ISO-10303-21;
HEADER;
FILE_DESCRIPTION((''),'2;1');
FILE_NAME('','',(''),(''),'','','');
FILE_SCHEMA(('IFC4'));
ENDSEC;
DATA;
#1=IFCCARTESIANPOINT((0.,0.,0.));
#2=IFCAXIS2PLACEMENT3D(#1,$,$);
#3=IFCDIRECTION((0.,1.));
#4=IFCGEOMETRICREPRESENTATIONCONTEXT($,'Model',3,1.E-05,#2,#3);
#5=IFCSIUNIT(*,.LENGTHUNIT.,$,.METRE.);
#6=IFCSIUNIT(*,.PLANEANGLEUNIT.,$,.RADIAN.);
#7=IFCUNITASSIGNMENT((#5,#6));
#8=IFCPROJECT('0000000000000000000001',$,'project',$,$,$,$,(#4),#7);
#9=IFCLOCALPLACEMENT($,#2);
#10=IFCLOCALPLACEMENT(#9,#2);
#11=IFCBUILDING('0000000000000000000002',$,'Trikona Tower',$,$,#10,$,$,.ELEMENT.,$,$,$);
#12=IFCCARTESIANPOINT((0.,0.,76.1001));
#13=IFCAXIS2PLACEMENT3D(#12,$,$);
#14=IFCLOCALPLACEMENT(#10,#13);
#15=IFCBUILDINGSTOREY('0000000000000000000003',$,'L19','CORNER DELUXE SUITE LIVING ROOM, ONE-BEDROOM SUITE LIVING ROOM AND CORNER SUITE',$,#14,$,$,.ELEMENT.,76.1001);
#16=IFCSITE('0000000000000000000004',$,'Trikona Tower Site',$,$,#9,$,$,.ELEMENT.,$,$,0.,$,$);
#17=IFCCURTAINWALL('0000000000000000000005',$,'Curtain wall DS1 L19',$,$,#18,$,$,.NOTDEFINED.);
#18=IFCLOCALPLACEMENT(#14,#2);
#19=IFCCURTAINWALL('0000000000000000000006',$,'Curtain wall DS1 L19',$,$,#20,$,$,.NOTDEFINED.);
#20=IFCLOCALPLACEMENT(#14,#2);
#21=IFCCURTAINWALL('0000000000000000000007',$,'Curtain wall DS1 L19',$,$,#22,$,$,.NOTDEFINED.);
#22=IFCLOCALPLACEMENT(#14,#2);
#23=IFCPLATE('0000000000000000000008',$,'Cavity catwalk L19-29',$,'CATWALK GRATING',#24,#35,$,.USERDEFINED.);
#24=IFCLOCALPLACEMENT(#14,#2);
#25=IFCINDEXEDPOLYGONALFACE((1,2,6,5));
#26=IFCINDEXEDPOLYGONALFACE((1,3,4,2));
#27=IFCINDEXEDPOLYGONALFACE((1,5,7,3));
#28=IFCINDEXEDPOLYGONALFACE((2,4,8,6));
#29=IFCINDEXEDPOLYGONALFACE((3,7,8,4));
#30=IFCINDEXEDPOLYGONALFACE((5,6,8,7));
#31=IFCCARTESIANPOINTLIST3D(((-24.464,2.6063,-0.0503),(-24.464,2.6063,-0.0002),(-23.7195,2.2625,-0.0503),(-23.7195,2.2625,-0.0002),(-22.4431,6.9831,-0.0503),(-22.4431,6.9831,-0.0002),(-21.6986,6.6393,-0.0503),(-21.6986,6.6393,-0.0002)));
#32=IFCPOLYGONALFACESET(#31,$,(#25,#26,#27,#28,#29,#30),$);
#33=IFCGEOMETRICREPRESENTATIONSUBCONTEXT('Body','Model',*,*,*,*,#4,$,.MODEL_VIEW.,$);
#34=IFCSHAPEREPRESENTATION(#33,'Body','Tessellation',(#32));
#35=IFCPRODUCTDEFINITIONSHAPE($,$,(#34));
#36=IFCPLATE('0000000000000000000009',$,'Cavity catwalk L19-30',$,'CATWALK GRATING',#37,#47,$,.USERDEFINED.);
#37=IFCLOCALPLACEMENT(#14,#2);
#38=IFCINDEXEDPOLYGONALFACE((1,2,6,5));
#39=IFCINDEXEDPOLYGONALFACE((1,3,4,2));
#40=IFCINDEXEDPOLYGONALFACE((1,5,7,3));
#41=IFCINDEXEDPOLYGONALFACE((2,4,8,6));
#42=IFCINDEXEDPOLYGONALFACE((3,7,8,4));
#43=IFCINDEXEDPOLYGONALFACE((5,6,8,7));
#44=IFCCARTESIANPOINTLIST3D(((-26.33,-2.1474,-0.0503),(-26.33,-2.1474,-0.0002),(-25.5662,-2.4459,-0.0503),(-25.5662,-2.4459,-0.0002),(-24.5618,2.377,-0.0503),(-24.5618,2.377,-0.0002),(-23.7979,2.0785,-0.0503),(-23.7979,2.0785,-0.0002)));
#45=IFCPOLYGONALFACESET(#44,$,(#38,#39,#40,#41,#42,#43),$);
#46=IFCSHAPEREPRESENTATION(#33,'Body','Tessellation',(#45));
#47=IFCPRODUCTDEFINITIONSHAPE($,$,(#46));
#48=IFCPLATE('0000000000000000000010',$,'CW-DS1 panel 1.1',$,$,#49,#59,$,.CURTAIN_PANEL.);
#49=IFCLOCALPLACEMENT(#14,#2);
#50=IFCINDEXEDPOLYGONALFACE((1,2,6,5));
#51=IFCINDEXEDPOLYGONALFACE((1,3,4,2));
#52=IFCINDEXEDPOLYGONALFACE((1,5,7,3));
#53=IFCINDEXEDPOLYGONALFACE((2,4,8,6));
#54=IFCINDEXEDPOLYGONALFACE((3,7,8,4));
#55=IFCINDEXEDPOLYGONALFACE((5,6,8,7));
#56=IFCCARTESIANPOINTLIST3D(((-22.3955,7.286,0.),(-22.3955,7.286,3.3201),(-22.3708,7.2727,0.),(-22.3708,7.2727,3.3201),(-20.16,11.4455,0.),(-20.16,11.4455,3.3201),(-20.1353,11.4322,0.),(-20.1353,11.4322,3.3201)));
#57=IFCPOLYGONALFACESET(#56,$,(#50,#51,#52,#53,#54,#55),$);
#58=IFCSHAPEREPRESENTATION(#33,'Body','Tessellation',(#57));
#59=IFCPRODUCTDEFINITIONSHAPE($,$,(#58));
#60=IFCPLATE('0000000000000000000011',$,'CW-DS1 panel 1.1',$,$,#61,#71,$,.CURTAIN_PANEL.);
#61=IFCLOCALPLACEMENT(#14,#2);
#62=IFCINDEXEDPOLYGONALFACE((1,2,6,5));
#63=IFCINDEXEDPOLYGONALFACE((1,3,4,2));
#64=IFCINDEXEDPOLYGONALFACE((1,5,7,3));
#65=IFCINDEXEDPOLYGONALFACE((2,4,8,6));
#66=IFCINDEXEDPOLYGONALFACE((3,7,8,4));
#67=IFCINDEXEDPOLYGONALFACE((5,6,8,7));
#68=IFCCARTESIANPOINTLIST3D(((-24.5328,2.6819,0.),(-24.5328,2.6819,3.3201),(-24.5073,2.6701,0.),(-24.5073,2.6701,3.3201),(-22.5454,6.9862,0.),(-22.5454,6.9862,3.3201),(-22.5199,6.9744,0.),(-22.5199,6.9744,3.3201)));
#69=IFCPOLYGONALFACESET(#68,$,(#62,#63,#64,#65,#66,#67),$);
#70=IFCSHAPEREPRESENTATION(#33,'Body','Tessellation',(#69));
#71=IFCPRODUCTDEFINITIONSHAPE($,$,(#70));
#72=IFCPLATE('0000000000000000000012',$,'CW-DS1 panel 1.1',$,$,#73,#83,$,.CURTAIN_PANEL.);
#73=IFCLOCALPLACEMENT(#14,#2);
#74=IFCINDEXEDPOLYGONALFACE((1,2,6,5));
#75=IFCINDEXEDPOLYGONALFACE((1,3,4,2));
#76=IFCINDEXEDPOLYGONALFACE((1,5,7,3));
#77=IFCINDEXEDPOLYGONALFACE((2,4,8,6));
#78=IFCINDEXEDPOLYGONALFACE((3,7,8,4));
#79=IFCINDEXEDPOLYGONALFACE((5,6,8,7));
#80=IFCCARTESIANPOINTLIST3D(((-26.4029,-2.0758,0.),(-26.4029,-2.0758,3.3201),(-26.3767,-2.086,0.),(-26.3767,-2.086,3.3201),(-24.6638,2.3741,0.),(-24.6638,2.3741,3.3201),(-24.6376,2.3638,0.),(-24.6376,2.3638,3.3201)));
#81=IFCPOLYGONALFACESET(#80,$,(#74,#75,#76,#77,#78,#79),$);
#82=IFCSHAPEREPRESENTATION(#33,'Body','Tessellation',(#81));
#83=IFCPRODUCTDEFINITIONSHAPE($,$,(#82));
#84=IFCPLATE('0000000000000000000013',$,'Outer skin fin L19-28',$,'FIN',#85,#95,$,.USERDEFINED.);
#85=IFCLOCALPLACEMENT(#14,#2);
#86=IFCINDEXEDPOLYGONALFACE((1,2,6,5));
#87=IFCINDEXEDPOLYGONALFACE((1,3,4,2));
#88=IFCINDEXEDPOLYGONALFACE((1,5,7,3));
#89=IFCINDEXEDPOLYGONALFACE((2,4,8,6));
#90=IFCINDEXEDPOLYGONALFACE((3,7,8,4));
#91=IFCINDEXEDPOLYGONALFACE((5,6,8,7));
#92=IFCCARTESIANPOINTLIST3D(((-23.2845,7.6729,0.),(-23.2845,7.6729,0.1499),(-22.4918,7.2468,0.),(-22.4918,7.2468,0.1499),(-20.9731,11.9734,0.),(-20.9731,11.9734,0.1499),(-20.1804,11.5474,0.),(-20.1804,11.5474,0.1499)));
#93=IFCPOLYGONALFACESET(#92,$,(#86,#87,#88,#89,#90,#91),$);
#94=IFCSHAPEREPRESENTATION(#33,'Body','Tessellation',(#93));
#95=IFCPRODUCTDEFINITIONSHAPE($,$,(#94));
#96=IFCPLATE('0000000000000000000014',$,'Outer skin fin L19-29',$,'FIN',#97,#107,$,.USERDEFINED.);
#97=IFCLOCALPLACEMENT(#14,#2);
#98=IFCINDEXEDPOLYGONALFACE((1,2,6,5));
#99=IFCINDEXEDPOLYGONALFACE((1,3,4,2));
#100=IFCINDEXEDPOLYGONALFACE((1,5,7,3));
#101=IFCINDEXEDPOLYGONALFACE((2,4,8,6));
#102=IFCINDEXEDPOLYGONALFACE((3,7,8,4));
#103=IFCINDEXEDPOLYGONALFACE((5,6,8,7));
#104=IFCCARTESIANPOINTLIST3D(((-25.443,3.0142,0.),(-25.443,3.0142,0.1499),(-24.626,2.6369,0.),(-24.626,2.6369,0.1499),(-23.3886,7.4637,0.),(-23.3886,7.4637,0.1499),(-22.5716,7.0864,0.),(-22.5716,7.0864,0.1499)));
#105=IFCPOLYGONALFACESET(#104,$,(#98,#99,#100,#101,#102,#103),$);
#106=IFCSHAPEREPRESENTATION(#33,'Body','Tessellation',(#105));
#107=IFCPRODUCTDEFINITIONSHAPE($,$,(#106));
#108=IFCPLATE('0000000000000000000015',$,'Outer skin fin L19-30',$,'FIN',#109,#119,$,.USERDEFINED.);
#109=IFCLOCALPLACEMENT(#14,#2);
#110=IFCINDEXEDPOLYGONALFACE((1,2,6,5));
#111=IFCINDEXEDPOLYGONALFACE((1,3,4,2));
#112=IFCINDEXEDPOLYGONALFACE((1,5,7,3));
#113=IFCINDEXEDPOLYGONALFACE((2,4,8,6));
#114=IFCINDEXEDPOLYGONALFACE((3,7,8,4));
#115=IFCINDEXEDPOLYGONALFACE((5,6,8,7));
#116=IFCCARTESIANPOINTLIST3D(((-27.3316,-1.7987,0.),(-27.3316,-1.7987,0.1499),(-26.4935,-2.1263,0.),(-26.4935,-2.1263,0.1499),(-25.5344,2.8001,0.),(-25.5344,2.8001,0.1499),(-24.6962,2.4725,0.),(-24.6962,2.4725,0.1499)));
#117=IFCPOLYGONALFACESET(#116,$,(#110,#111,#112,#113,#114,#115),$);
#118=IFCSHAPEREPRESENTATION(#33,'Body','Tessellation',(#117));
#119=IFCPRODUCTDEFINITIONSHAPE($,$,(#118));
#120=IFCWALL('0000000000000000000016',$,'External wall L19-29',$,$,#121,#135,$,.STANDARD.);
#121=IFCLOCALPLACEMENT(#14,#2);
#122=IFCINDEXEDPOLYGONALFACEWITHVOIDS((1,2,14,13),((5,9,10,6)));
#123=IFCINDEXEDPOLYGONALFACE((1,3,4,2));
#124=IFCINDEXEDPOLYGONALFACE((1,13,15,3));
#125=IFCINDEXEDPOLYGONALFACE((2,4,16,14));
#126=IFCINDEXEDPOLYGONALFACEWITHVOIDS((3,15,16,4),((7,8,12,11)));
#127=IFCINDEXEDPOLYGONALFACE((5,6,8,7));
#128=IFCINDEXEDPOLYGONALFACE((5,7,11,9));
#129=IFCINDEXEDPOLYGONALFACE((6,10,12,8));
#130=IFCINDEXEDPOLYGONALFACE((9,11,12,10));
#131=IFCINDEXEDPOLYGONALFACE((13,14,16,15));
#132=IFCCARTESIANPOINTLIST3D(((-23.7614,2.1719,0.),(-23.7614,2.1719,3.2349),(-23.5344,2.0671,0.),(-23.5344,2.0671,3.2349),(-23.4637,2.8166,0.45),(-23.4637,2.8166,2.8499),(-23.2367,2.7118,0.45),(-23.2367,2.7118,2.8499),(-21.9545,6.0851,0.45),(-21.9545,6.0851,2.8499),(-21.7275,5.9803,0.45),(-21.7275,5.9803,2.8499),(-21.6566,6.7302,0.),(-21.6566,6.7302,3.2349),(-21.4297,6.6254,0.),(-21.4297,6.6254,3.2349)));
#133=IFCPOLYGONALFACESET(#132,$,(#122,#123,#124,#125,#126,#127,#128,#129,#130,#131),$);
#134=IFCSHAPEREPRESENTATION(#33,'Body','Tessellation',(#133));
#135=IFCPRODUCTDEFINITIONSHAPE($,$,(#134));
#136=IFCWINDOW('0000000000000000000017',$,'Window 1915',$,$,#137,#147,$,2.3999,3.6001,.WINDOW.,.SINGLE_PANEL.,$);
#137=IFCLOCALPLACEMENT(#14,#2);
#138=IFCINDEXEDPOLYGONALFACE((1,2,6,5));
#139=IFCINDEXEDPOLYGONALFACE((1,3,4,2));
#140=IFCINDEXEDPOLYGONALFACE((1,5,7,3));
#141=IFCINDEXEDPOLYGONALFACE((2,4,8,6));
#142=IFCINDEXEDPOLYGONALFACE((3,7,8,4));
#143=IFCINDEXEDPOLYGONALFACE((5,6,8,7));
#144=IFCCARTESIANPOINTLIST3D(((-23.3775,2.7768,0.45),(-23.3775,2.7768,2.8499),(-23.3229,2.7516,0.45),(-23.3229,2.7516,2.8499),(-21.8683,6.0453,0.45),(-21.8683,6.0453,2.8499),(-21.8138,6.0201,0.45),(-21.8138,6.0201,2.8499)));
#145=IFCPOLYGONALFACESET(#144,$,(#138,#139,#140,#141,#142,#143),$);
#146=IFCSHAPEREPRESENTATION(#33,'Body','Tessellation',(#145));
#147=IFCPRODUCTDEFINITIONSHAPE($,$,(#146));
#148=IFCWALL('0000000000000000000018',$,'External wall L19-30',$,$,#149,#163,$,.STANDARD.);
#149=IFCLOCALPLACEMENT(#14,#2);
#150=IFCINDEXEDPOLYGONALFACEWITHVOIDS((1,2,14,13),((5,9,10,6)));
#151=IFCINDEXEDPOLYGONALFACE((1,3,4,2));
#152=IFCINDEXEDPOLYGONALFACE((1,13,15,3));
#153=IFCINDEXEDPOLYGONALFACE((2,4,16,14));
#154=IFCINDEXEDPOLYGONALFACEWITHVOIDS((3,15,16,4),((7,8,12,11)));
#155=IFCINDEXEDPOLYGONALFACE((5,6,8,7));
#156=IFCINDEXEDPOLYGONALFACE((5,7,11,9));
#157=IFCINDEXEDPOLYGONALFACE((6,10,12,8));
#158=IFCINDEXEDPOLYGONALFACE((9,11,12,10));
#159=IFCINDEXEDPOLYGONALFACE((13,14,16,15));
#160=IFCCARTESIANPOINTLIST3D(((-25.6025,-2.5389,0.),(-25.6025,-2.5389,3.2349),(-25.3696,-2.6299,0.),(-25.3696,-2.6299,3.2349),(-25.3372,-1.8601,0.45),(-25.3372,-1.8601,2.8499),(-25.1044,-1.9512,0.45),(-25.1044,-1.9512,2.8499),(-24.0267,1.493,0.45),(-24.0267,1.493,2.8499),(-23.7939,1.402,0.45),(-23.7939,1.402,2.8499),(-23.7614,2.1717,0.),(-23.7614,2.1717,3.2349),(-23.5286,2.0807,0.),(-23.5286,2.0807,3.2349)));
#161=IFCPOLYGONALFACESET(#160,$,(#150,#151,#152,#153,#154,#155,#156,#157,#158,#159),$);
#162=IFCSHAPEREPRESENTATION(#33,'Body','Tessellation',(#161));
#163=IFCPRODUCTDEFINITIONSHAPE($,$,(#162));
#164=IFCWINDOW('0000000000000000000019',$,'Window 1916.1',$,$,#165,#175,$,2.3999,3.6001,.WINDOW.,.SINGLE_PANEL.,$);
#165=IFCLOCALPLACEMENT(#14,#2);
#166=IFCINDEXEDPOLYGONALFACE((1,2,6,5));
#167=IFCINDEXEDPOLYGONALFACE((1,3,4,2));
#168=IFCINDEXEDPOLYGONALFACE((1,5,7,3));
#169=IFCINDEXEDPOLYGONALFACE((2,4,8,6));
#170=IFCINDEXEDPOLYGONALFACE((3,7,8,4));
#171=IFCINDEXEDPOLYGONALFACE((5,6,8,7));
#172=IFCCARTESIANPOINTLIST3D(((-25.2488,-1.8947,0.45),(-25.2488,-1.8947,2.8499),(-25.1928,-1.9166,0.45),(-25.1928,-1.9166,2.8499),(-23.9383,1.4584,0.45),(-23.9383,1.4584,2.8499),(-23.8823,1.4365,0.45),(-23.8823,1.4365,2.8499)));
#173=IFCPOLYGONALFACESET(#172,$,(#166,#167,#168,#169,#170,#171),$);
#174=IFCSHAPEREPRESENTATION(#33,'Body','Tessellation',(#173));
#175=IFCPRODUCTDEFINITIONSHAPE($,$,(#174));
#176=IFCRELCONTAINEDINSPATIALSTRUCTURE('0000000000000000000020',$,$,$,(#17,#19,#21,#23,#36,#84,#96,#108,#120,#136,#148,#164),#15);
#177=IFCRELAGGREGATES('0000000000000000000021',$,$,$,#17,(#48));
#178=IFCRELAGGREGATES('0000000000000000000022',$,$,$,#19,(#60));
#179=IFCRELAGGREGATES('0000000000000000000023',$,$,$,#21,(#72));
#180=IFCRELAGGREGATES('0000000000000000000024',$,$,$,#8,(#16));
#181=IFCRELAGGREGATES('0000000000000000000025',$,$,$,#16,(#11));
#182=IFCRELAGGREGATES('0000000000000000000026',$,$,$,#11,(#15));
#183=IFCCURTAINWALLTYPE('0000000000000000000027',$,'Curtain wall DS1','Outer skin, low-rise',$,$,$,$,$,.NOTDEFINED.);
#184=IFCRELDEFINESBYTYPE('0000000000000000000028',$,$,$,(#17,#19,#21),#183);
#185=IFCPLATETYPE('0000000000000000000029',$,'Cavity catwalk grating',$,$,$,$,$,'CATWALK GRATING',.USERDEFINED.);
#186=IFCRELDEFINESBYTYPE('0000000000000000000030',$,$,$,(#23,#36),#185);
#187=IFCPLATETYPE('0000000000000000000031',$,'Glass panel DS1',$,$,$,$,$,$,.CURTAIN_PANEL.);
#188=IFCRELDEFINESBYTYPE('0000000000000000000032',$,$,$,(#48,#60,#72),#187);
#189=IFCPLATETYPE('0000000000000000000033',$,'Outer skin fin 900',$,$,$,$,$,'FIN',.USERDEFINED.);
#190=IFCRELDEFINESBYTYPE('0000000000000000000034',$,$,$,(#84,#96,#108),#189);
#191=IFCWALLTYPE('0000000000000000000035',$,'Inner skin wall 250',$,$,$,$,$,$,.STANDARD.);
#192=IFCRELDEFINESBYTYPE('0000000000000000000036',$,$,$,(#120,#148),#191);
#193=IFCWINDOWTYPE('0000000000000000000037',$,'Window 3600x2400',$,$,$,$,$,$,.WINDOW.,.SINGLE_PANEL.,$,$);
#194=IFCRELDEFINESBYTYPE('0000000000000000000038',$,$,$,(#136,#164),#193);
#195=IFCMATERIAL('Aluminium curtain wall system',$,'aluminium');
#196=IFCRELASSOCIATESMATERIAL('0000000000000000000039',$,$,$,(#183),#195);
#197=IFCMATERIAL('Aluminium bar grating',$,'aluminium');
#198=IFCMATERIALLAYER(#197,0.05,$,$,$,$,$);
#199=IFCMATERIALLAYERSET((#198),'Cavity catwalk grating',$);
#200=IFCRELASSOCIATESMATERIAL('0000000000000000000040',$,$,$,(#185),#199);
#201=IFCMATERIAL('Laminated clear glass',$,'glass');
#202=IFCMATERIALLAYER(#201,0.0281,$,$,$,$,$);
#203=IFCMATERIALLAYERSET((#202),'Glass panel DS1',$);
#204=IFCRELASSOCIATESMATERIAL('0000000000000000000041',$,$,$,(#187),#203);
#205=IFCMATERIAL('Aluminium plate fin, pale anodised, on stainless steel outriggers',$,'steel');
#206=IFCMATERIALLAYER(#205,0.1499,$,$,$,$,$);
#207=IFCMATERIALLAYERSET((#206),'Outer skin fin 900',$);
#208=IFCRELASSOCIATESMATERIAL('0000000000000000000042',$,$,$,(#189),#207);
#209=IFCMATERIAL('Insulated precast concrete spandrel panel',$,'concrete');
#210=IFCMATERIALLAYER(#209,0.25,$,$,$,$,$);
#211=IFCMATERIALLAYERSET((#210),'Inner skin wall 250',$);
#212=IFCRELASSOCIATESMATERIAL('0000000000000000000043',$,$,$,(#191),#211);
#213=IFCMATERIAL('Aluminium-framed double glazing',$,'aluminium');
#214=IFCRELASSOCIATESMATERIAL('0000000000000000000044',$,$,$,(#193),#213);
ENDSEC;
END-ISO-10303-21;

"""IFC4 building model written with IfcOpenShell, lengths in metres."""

from ifc_helpers import new_model, si_unit, direction, frame, frame_2d, origin, origin_2d, place, context, subcontext, project, spatial, rectangle, extrude, material, layer, layer_set, type_object, element, fill, aggregate, save


model = new_model("IFC4")

# Units and contexts
model_context = context("Model", 3, precision=1e-05, world=origin(), true_north=direction((0.0, 1.0)))
body_context = subcontext(model_context, "Body", "Model", "MODEL_VIEW")
ifc_project = project(units=[si_unit("LENGTHUNIT", "METRE"), si_unit("PLANEANGLEUNIT", "RADIAN")], contexts=[model_context])

# Site, building, storey
site_placement = place(None, origin())
site = spatial("IfcSite", under=ifc_project, at=site_placement, Name="Trikona Tower Site", CompositionType="ELEMENT", RefElevation=0.0)
building_placement = place(site_placement, origin())
building = spatial("IfcBuilding", under=site, at=building_placement, Name="Trikona Tower", CompositionType="ELEMENT")
storey_placement = place(building_placement, frame((0.0, 0.0, 76.1001)))
storey = spatial("IfcBuildingStorey", under=building, at=storey_placement, Name="L19", Description="CORNER DELUXE SUITE LIVING ROOM, ONE-BEDROOM SUITE LIVING ROOM AND CORNER SUITE", CompositionType="ELEMENT", Elevation=76.1001)

# Shared definitions
ifc_material_1 = material(Name="Aluminium curtain wall system", Category="aluminium")
curtain_wall_type = type_object("IfcCurtainWallType", Name="Curtain wall DS1", Description="Outer skin, low-rise", PredefinedType="NOTDEFINED", material=ifc_material_1)

# Curtain walls
curtain_wall_1_placement = place(storey_placement, origin())
curtain_wall_1 = element("IfcCurtainWall", 1, at=curtain_wall_1_placement, inside=storey, type_object=curtain_wall_type, Name="Curtain wall DS1 L19", PredefinedType="NOTDEFINED")
curtain_wall_2_placement = place(storey_placement, origin())
curtain_wall_2 = element("IfcCurtainWall", 2, at=curtain_wall_2_placement, inside=storey, type_object=curtain_wall_type, Name="Curtain wall DS1 L19", PredefinedType="NOTDEFINED")

# Curtain wall
curtain_wall_3_placement = place(storey_placement, origin())
curtain_wall_3 = element("IfcCurtainWall", 3, at=curtain_wall_3_placement, inside=storey, type_object=curtain_wall_type, Name="Curtain wall DS1 L19", PredefinedType="NOTDEFINED")

# Plates
ifc_material_2 = material(Name="Aluminium bar grating", Category="aluminium")
ifc_layer_1 = layer(ifc_material_2, 0.05)
ifc_layer_set_1 = layer_set([ifc_layer_1], Name="Cavity catwalk grating")
plate_type_1 = type_object("IfcPlateType", Name="Cavity catwalk grating", ElementType="CATWALK GRATING", PredefinedType="USERDEFINED", material=ifc_layer_set_1)
plate_1_placement = place(storey_placement, frame((-23.0813, 4.6228, -0.0503), z_axis=(0.0, 0.0, 1.0), x_axis=(-0.419194, -0.907897, 0.0)))
element("IfcPlate", 4, at=plate_1_placement, inside=storey, type_object=plate_type_1, Name="Cavity catwalk L19-29", ObjectType="CATWALK GRATING", PredefinedType="USERDEFINED", context=body_context, shape_type="SweptSolid", body=[
    extrude(rectangle(XDim=4.8208, YDim=0.8201, at=origin_2d()), origin(), (0.0, 0.0, 1.0), 0.05),
])
plate_2_placement = place(storey_placement, frame((-25.064, -0.0344, -0.0503), z_axis=(0.0, 0.0, 1.0), x_axis=(-0.364009, -0.931395, 0.0)))
element("IfcPlate", 5, at=plate_2_placement, inside=storey, type_object=plate_type_1, Name="Cavity catwalk L19-30", ObjectType="CATWALK GRATING", PredefinedType="USERDEFINED", context=body_context, shape_type="SweptSolid", body=[
    extrude(rectangle(XDim=4.8577, YDim=0.8201, at=origin_2d()), origin(), (0.0, 0.0, 1.0), 0.05),
])

# Plates
ifc_material_3 = material(Name="Laminated clear glass", Category="glass")
ifc_layer_2 = layer(ifc_material_3, 0.0281)
ifc_layer_set_2 = layer_set([ifc_layer_2], Name="Glass panel DS1")
plate_type_2 = type_object("IfcPlateType", Name="Glass panel DS1", PredefinedType="CURTAIN_PANEL", material=ifc_layer_set_2)
plate_3_placement = place(storey_placement, frame((-21.2654, 9.3591, 0.0), z_axis=(0.0, 0.0, 1.0), x_axis=(-0.473408, -0.880843, 0.0)))
plate_3 = element("IfcPlate", 6, at=plate_3_placement, type_object=plate_type_2, Name="CW-DS1 panel 1.1", PredefinedType="CURTAIN_PANEL", context=body_context, shape_type="SweptSolid", body=[
    extrude(rectangle(XDim=4.7222, YDim=0.0281, at=origin_2d()), origin(), (0.0, 0.0, 1.0), 3.3201),
])
aggregate(curtain_wall_1, [plate_3])
plate_4_placement = place(storey_placement, frame((-23.5264, 4.8281, 0.0), z_axis=(0.0, 0.0, 1.0), x_axis=(-0.41919, -0.907898, 0.0)))
plate_4 = element("IfcPlate", 7, at=plate_4_placement, type_object=plate_type_2, Name="CW-DS1 panel 1.1", PredefinedType="CURTAIN_PANEL", context=body_context, shape_type="SweptSolid", body=[
    extrude(rectangle(XDim=4.741, YDim=0.0281, at=origin_2d()), origin(), (0.0, 0.0, 1.0), 3.3201),
])
aggregate(curtain_wall_2, [plate_4])
plate_5_placement = place(storey_placement, frame((-25.5203, 0.144, 0.0), z_axis=(0.0, 0.0, 1.0), x_axis=(-0.364008, -0.931396, 0.0)))
plate_5 = element("IfcPlate", 8, at=plate_5_placement, type_object=plate_type_2, Name="CW-DS1 panel 1.1", PredefinedType="CURTAIN_PANEL", context=body_context, shape_type="SweptSolid", body=[
    extrude(rectangle(XDim=4.7776, YDim=0.0281, at=origin_2d()), origin(), (0.0, 0.0, 1.0), 3.3201),
])
aggregate(curtain_wall_3, [plate_5])

# Plates
ifc_material_4 = material(Name="Aluminium plate fin, pale anodised, on stainless steel outriggers", Category="steel")
ifc_layer_3 = layer(ifc_material_4, 0.1499)
ifc_layer_set_3 = layer_set([ifc_layer_3], Name="Outer skin fin 900")
plate_type_3 = type_object("IfcPlateType", Name="Outer skin fin 900", ElementType="FIN", PredefinedType="USERDEFINED", material=ifc_layer_set_3)
plate_6_placement = place(storey_placement, frame((-21.7324, 9.6101, 0.0), z_axis=(0.0, 0.0, 1.0), x_axis=(-0.473423, -0.880835, 0.0)))
element("IfcPlate", 9, at=plate_6_placement, inside=storey, type_object=plate_type_3, Name="Outer skin fin L19-28", ObjectType="FIN", PredefinedType="USERDEFINED", context=body_context, shape_type="SweptSolid", body=[
    extrude(rectangle(XDim=4.8823, YDim=0.8999, at=origin_2d()), origin(), (0.0, 0.0, 1.0), 0.1499),
])
plate_7_placement = place(storey_placement, frame((-24.0073, 5.0503, 0.0), z_axis=(0.0, 0.0, 1.0), x_axis=(-0.419194, -0.907897, 0.0)))
element("IfcPlate", 10, at=plate_7_placement, inside=storey, type_object=plate_type_3, Name="Outer skin fin L19-29", ObjectType="FIN", PredefinedType="USERDEFINED", context=body_context, shape_type="SweptSolid", body=[
    extrude(rectangle(XDim=4.9009, YDim=0.8999, at=origin_2d()), origin(), (0.0, 0.0, 1.0), 0.1499),
])
plate_8_placement = place(storey_placement, frame((-26.0139, 0.3369, 0.0), z_axis=(0.0, 0.0, 1.0), x_axis=(-0.364009, -0.931395, 0.0)))
element("IfcPlate", 11, at=plate_8_placement, inside=storey, type_object=plate_type_3, Name="Outer skin fin L19-30", ObjectType="FIN", PredefinedType="USERDEFINED", context=body_context, shape_type="SweptSolid", body=[
    extrude(rectangle(XDim=4.9375, YDim=0.8999, at=origin_2d()), origin(), (0.0, 0.0, 1.0), 0.1499),
])

# Walls, openings, windows
ifc_material_5 = material(Name="Insulated precast concrete spandrel panel", Category="concrete")
ifc_layer_4 = layer(ifc_material_5, 0.25)
ifc_layer_set_4 = layer_set([ifc_layer_4], Name="Inner skin wall 250")
wall_type = type_object("IfcWallType", Name="Inner skin wall 250", PredefinedType="STANDARD", material=ifc_layer_set_4)
wall_1_placement = place(storey_placement, frame((-21.5432, 6.6777, 0.0), z_axis=(0.0, 0.0, 1.0), x_axis=(-0.419203, -0.907892, 0.0)))
wall_1 = element("IfcWall", 12, at=wall_1_placement, inside=storey, type_object=wall_type, Name="External wall L19-29", PredefinedType="STANDARD", context=body_context, shape_type="SweptSolid", body=[
    extrude(rectangle(XDim=5.0208, YDim=0.25, at=frame_2d((2.5103, 0.0))), origin(), (0.0, 0.0, 1.0), 3.2349),
])
opening_1_placement = place(wall_1_placement, frame((0.7104, 0.0, 0.45)))
opening_1 = element("IfcOpeningElement", 13, at=opening_1_placement, cuts=wall_1, PredefinedType="OPENING", context=body_context, shape_type="SweptSolid", body=[
    extrude(rectangle(XDim=3.6001, YDim=2.3999, at=frame_2d((1.8, 1.2))), frame((0.0, 0.135, 0.0), z_axis=(0.0, -1.0, 0.0), x_axis=(1.0, 0.0, 0.0)), (0.0, 0.0, 1.0), 0.27),
])
ifc_material_6 = material(Name="Aluminium-framed double glazing", Category="aluminium")
window_type = type_object("IfcWindowType", Name="Window 3600x2400", PartitioningType="SINGLE_PANEL", PredefinedType="WINDOW", material=ifc_material_6)
window_1_placement = place(opening_1_placement, origin())
window_1 = element("IfcWindow", 14, at=window_1_placement, inside=storey, type_object=window_type, Name="Window 1915", OverallHeight=2.3999, OverallWidth=3.6001, PartitioningType="SINGLE_PANEL", PredefinedType="WINDOW", context=body_context, shape_type="SweptSolid", body=[
    extrude(rectangle(XDim=3.6001, YDim=2.3999, at=frame_2d((1.8, 1.2))), frame((0.0, 0.03, 0.0), z_axis=(0.0, -1.0, 0.0), x_axis=(1.0, 0.0, 0.0)), (0.0, 0.0, 1.0), 0.0601),
])
fill(opening_1, window_1)
wall_2_placement = place(storey_placement, frame((-23.645, 2.1262, 0.0), z_axis=(0.0, 0.0, 1.0), x_axis=(-0.364013, -0.931394, 0.0)))
wall_2 = element("IfcWall", 15, at=wall_2_placement, inside=storey, type_object=wall_type, Name="External wall L19-30", PredefinedType="STANDARD", context=body_context, shape_type="SweptSolid", body=[
    extrude(rectangle(XDim=5.0576, YDim=0.25, at=frame_2d((2.5288, 0.0))), origin(), (0.0, 0.0, 1.0), 3.2349),
])
opening_2_placement = place(wall_2_placement, frame((0.7288, 0.0, 0.45)))
opening_2 = element("IfcOpeningElement", 16, at=opening_2_placement, cuts=wall_2, PredefinedType="OPENING", context=body_context, shape_type="SweptSolid", body=[
    extrude(rectangle(XDim=3.6001, YDim=2.3999, at=frame_2d((1.8, 1.2))), frame((0.0, 0.135, 0.0), z_axis=(0.0, -1.0, 0.0), x_axis=(1.0, 0.0, 0.0)), (0.0, 0.0, 1.0), 0.27),
])
window_2_placement = place(opening_2_placement, origin())
window_2 = element("IfcWindow", 17, at=window_2_placement, inside=storey, type_object=window_type, Name="Window 1916.1", OverallHeight=2.3999, OverallWidth=3.6001, PartitioningType="SINGLE_PANEL", PredefinedType="WINDOW", context=body_context, shape_type="SweptSolid", body=[
    extrude(rectangle(XDim=3.6001, YDim=2.3999, at=frame_2d((1.8, 1.2))), frame((0.0, 0.03, 0.0), z_axis=(0.0, -1.0, 0.0), x_axis=(1.0, 0.0, 0.0)), (0.0, 0.0, 1.0), 0.0601),
])
fill(opening_2, window_2)

save(model, "model.ifc")
